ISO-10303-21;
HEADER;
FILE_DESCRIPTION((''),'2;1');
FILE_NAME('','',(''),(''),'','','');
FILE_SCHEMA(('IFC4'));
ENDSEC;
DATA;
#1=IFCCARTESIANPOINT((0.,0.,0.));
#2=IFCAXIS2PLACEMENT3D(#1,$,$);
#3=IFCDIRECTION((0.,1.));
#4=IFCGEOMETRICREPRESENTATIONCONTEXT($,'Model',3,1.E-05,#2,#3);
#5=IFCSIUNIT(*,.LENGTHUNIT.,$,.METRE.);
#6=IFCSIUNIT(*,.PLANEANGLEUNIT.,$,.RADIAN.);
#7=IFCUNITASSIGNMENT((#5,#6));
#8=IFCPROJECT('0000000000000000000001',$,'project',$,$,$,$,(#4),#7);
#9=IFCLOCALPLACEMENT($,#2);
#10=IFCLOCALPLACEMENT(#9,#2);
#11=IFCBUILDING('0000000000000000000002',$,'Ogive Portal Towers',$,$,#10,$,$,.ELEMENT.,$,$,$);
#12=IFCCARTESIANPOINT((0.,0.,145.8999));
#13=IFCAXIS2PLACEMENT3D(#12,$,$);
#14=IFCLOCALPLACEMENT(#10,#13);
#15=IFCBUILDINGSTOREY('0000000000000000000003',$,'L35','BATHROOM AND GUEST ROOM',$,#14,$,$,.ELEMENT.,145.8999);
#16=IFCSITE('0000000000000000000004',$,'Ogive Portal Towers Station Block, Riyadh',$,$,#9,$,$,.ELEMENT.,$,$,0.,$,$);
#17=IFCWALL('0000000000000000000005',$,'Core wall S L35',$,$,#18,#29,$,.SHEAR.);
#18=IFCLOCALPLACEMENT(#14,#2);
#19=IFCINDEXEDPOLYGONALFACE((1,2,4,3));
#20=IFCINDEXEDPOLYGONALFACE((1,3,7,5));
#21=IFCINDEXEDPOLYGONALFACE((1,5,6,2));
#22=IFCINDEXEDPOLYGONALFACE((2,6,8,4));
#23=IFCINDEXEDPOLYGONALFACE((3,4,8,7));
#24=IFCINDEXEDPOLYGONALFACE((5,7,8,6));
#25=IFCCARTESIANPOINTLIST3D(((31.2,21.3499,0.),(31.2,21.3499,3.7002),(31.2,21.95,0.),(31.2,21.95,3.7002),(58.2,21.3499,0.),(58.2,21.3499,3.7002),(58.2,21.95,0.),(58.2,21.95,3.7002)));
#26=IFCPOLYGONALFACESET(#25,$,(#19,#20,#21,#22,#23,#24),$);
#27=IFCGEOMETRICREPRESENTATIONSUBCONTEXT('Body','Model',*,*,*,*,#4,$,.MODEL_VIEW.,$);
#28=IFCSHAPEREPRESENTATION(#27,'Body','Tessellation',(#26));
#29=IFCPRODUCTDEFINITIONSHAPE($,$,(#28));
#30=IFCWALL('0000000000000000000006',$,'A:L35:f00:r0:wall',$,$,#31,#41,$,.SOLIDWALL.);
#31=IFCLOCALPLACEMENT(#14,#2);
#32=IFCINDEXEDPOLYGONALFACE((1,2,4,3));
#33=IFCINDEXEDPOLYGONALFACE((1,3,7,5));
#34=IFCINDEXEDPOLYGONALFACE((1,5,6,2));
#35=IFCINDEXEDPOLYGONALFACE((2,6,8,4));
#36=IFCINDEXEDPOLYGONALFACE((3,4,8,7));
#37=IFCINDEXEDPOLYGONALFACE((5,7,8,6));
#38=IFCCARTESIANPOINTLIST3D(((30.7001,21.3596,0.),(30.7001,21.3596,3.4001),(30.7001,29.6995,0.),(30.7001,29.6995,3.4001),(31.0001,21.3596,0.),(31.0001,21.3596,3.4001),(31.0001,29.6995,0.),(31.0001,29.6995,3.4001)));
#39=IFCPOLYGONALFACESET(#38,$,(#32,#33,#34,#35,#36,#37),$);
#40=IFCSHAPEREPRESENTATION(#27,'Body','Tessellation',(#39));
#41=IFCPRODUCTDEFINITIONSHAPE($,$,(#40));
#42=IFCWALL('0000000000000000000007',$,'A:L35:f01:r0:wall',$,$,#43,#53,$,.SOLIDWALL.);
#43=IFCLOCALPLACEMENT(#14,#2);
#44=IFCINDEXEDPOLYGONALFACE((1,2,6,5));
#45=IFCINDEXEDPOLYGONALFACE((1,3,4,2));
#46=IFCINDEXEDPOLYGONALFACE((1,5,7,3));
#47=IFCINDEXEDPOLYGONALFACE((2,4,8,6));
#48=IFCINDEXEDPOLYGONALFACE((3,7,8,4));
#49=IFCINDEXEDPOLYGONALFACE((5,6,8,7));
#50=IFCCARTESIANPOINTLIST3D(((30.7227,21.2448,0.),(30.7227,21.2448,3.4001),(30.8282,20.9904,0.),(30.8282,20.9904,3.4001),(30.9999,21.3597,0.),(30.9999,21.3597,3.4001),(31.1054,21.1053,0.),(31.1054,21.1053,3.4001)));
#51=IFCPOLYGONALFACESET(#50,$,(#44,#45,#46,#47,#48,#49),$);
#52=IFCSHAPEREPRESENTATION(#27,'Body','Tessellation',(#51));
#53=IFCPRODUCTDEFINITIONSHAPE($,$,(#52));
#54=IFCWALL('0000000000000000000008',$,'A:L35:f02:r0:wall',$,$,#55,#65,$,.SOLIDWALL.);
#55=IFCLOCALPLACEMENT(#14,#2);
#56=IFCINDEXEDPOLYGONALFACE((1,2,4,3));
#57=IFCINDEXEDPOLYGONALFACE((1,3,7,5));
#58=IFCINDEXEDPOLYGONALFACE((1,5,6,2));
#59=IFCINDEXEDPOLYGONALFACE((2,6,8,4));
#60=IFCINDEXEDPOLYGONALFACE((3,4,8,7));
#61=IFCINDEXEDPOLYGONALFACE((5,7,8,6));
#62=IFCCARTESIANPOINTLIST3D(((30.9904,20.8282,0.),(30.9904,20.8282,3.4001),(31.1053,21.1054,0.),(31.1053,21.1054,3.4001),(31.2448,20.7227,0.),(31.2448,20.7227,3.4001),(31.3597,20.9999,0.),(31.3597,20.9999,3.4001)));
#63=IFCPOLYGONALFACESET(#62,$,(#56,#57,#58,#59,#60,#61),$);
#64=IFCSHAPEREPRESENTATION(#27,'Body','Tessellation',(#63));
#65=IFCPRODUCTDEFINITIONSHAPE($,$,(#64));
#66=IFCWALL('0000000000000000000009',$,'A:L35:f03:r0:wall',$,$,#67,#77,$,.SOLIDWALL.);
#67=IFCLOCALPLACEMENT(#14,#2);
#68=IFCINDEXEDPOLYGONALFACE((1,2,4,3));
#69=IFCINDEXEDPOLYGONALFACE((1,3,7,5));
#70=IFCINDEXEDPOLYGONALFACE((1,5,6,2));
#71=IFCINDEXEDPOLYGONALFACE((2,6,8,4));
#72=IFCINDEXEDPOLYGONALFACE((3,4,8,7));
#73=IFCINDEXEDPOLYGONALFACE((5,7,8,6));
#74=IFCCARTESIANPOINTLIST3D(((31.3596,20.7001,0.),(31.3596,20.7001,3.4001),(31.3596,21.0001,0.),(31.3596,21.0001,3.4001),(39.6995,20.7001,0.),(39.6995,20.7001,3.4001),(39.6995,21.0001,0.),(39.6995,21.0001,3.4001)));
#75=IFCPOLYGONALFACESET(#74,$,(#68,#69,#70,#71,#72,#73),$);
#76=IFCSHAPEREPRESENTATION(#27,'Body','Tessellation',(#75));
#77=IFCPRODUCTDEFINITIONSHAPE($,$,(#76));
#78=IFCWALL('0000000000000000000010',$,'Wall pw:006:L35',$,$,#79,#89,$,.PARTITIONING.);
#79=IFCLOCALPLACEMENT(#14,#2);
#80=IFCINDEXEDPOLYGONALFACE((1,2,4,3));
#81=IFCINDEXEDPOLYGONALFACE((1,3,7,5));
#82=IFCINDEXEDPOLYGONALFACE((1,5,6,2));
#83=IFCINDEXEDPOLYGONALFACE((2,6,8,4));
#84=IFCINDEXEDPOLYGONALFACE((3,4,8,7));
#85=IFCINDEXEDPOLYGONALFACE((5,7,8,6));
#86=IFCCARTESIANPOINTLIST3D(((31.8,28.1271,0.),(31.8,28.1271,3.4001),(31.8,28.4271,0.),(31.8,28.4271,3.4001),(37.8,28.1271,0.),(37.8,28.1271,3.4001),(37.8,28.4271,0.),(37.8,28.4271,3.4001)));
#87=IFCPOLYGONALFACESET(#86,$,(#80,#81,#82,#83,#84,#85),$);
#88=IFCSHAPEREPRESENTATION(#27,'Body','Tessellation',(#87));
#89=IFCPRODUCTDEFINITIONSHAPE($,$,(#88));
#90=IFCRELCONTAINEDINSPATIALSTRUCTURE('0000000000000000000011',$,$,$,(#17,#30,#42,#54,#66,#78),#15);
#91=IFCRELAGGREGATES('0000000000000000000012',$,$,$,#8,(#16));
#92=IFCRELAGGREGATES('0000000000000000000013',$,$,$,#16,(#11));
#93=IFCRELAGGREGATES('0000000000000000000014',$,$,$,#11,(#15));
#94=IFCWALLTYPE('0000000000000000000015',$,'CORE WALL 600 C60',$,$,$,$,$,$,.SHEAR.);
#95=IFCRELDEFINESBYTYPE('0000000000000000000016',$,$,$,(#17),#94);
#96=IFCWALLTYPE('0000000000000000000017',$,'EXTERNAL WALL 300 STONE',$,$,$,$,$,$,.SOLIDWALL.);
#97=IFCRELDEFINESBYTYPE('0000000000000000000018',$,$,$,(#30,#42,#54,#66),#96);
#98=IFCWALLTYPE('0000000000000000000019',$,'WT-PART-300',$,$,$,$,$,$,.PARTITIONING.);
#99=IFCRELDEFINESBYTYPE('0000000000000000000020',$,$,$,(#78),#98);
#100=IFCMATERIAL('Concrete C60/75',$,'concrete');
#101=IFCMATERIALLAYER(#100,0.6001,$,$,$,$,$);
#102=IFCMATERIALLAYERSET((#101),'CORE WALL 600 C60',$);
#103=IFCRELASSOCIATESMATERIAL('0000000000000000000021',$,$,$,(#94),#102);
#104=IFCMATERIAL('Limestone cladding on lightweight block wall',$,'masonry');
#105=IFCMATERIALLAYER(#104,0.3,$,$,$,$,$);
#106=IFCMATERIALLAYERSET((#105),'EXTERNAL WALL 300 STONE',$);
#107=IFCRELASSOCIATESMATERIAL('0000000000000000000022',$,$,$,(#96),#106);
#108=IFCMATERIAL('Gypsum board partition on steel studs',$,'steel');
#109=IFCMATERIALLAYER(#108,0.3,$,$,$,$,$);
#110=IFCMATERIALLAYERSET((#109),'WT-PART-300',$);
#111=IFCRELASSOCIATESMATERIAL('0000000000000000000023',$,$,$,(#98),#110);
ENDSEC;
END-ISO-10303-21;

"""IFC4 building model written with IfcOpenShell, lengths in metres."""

from ifc_helpers import new_model, si_unit, direction, frame, frame_2d, origin, place, context, subcontext, project, spatial, rectangle, extrude, material, layer, layer_set, type_object, element, save


model = new_model("IFC4")

# Units and contexts
model_context = context("Model", 3, precision=1e-05, world=origin(), true_north=direction((0.0, 1.0)))
body_context = subcontext(model_context, "Body", "Model", "MODEL_VIEW")
ifc_project = project(units=[si_unit("LENGTHUNIT", "METRE"), si_unit("PLANEANGLEUNIT", "RADIAN")], contexts=[model_context])

# Site, building, storey
site_placement = place(None, origin())
site = spatial("IfcSite", under=ifc_project, at=site_placement, Name="Ogive Portal Towers Station Block, Riyadh", CompositionType="ELEMENT", RefElevation=0.0)
building_placement = place(site_placement, origin())
building = spatial("IfcBuilding", under=site, at=building_placement, Name="Ogive Portal Towers", CompositionType="ELEMENT")
storey_placement = place(building_placement, frame((0.0, 0.0, 145.8999)))
storey = spatial("IfcBuildingStorey", under=building, at=storey_placement, Name="L35", Description="BATHROOM AND GUEST ROOM", CompositionType="ELEMENT", Elevation=145.8999)

# Walls
ifc_material_1 = material(Name="Concrete C60/75", Category="concrete")
ifc_layer_1 = layer(ifc_material_1, 0.6001)
ifc_layer_set_1 = layer_set([ifc_layer_1], Name="CORE WALL 600 C60")
wall_type_1 = type_object("IfcWallType", Name="CORE WALL 600 C60", PredefinedType="SHEAR", material=ifc_layer_set_1)
wall_1_placement = place(storey_placement, frame((31.2, 21.6499, 0.0), z_axis=(0.0, 0.0, 1.0), x_axis=(1.0, 0.0, 0.0)))
element("IfcWall", 1, at=wall_1_placement, inside=storey, type_object=wall_type_1, Name="Core wall S L35", PredefinedType="SHEAR", context=body_context, shape_type="SweptSolid", body=[
    extrude(rectangle(XDim=27.0, YDim=0.6001, at=frame_2d((13.5, 0.0))), origin(), (0.0, 0.0, 1.0), 3.7002),
])
ifc_material_2 = material(Name="Limestone cladding on lightweight block wall", Category="masonry")
ifc_layer_2 = layer(ifc_material_2, 0.3)
ifc_layer_set_2 = layer_set([ifc_layer_2], Name="EXTERNAL WALL 300 STONE")
wall_type_2 = type_object("IfcWallType", Name="EXTERNAL WALL 300 STONE", PredefinedType="SOLIDWALL", material=ifc_layer_set_2)
wall_2_placement = place(storey_placement, frame((30.8501, 29.6995, 0.0), z_axis=(0.0, 0.0, 1.0), x_axis=(0.0, -1.0, 0.0)))
element("IfcWall", 2, at=wall_2_placement, inside=storey, type_object=wall_type_2, Name="A:L35:f00:r0:wall", PredefinedType="SOLIDWALL", context=body_context, shape_type="SweptSolid", body=[
    extrude(rectangle(XDim=8.3398, YDim=0.3, at=frame_2d((4.1699, 0.0))), origin(), (0.0, 0.0, 1.0), 3.4001),
])
for number, where, z_axis, x_axis, name in (
    (3, (30.8613, 21.3022, 0.0), (0.0, 0.0, 1.0), (0.382978, -0.923757, 0.0), "A:L35:f01:r0:wall"),
    (4, (31.0479, 20.9668, 0.0), (0.0, 0.0, 1.0), (0.923757, -0.382978, 0.0), "A:L35:f02:r0:wall"),
):
    element("IfcWall", number, at=place(storey_placement, frame(where, z_axis=z_axis, x_axis=x_axis)), inside=storey, type_object=wall_type_2, Name=name, PredefinedType="SOLIDWALL", context=body_context, shape_type="SweptSolid", body=[
        extrude(rectangle(XDim=0.2754, YDim=0.3, at=frame_2d((0.1377, 0.0))), origin(), (0.0, 0.0, 1.0), 3.4001),
    ])
wall_3_placement = place(storey_placement, frame((31.3596, 20.8501, 0.0), z_axis=(0.0, 0.0, 1.0), x_axis=(1.0, 0.0, 0.0)))
element("IfcWall", 5, at=wall_3_placement, inside=storey, type_object=wall_type_2, Name="A:L35:f03:r0:wall", PredefinedType="SOLIDWALL", context=body_context, shape_type="SweptSolid", body=[
    extrude(rectangle(XDim=8.3398, YDim=0.3, at=frame_2d((4.1699, 0.0))), origin(), (0.0, 0.0, 1.0), 3.4001),
])
ifc_material_3 = material(Name="Gypsum board partition on steel studs", Category="steel")
ifc_layer_3 = layer(ifc_material_3, 0.3)
ifc_layer_set_3 = layer_set([ifc_layer_3], Name="WT-PART-300")
wall_type_3 = type_object("IfcWallType", Name="WT-PART-300", PredefinedType="PARTITIONING", material=ifc_layer_set_3)
wall_4_placement = place(storey_placement, frame((31.8, 28.2771, 0.0), z_axis=(0.0, 0.0, 1.0), x_axis=(1.0, 0.0, 0.0)))
element("IfcWall", 6, at=wall_4_placement, inside=storey, type_object=wall_type_3, Name="Wall pw:006:L35", PredefinedType="PARTITIONING", context=body_context, shape_type="SweptSolid", body=[
    extrude(rectangle(XDim=6.0, YDim=0.3, at=frame_2d((3.0, 0.0))), origin(), (0.0, 0.0, 1.0), 3.4001),
])

save(model, "model.ifc")
